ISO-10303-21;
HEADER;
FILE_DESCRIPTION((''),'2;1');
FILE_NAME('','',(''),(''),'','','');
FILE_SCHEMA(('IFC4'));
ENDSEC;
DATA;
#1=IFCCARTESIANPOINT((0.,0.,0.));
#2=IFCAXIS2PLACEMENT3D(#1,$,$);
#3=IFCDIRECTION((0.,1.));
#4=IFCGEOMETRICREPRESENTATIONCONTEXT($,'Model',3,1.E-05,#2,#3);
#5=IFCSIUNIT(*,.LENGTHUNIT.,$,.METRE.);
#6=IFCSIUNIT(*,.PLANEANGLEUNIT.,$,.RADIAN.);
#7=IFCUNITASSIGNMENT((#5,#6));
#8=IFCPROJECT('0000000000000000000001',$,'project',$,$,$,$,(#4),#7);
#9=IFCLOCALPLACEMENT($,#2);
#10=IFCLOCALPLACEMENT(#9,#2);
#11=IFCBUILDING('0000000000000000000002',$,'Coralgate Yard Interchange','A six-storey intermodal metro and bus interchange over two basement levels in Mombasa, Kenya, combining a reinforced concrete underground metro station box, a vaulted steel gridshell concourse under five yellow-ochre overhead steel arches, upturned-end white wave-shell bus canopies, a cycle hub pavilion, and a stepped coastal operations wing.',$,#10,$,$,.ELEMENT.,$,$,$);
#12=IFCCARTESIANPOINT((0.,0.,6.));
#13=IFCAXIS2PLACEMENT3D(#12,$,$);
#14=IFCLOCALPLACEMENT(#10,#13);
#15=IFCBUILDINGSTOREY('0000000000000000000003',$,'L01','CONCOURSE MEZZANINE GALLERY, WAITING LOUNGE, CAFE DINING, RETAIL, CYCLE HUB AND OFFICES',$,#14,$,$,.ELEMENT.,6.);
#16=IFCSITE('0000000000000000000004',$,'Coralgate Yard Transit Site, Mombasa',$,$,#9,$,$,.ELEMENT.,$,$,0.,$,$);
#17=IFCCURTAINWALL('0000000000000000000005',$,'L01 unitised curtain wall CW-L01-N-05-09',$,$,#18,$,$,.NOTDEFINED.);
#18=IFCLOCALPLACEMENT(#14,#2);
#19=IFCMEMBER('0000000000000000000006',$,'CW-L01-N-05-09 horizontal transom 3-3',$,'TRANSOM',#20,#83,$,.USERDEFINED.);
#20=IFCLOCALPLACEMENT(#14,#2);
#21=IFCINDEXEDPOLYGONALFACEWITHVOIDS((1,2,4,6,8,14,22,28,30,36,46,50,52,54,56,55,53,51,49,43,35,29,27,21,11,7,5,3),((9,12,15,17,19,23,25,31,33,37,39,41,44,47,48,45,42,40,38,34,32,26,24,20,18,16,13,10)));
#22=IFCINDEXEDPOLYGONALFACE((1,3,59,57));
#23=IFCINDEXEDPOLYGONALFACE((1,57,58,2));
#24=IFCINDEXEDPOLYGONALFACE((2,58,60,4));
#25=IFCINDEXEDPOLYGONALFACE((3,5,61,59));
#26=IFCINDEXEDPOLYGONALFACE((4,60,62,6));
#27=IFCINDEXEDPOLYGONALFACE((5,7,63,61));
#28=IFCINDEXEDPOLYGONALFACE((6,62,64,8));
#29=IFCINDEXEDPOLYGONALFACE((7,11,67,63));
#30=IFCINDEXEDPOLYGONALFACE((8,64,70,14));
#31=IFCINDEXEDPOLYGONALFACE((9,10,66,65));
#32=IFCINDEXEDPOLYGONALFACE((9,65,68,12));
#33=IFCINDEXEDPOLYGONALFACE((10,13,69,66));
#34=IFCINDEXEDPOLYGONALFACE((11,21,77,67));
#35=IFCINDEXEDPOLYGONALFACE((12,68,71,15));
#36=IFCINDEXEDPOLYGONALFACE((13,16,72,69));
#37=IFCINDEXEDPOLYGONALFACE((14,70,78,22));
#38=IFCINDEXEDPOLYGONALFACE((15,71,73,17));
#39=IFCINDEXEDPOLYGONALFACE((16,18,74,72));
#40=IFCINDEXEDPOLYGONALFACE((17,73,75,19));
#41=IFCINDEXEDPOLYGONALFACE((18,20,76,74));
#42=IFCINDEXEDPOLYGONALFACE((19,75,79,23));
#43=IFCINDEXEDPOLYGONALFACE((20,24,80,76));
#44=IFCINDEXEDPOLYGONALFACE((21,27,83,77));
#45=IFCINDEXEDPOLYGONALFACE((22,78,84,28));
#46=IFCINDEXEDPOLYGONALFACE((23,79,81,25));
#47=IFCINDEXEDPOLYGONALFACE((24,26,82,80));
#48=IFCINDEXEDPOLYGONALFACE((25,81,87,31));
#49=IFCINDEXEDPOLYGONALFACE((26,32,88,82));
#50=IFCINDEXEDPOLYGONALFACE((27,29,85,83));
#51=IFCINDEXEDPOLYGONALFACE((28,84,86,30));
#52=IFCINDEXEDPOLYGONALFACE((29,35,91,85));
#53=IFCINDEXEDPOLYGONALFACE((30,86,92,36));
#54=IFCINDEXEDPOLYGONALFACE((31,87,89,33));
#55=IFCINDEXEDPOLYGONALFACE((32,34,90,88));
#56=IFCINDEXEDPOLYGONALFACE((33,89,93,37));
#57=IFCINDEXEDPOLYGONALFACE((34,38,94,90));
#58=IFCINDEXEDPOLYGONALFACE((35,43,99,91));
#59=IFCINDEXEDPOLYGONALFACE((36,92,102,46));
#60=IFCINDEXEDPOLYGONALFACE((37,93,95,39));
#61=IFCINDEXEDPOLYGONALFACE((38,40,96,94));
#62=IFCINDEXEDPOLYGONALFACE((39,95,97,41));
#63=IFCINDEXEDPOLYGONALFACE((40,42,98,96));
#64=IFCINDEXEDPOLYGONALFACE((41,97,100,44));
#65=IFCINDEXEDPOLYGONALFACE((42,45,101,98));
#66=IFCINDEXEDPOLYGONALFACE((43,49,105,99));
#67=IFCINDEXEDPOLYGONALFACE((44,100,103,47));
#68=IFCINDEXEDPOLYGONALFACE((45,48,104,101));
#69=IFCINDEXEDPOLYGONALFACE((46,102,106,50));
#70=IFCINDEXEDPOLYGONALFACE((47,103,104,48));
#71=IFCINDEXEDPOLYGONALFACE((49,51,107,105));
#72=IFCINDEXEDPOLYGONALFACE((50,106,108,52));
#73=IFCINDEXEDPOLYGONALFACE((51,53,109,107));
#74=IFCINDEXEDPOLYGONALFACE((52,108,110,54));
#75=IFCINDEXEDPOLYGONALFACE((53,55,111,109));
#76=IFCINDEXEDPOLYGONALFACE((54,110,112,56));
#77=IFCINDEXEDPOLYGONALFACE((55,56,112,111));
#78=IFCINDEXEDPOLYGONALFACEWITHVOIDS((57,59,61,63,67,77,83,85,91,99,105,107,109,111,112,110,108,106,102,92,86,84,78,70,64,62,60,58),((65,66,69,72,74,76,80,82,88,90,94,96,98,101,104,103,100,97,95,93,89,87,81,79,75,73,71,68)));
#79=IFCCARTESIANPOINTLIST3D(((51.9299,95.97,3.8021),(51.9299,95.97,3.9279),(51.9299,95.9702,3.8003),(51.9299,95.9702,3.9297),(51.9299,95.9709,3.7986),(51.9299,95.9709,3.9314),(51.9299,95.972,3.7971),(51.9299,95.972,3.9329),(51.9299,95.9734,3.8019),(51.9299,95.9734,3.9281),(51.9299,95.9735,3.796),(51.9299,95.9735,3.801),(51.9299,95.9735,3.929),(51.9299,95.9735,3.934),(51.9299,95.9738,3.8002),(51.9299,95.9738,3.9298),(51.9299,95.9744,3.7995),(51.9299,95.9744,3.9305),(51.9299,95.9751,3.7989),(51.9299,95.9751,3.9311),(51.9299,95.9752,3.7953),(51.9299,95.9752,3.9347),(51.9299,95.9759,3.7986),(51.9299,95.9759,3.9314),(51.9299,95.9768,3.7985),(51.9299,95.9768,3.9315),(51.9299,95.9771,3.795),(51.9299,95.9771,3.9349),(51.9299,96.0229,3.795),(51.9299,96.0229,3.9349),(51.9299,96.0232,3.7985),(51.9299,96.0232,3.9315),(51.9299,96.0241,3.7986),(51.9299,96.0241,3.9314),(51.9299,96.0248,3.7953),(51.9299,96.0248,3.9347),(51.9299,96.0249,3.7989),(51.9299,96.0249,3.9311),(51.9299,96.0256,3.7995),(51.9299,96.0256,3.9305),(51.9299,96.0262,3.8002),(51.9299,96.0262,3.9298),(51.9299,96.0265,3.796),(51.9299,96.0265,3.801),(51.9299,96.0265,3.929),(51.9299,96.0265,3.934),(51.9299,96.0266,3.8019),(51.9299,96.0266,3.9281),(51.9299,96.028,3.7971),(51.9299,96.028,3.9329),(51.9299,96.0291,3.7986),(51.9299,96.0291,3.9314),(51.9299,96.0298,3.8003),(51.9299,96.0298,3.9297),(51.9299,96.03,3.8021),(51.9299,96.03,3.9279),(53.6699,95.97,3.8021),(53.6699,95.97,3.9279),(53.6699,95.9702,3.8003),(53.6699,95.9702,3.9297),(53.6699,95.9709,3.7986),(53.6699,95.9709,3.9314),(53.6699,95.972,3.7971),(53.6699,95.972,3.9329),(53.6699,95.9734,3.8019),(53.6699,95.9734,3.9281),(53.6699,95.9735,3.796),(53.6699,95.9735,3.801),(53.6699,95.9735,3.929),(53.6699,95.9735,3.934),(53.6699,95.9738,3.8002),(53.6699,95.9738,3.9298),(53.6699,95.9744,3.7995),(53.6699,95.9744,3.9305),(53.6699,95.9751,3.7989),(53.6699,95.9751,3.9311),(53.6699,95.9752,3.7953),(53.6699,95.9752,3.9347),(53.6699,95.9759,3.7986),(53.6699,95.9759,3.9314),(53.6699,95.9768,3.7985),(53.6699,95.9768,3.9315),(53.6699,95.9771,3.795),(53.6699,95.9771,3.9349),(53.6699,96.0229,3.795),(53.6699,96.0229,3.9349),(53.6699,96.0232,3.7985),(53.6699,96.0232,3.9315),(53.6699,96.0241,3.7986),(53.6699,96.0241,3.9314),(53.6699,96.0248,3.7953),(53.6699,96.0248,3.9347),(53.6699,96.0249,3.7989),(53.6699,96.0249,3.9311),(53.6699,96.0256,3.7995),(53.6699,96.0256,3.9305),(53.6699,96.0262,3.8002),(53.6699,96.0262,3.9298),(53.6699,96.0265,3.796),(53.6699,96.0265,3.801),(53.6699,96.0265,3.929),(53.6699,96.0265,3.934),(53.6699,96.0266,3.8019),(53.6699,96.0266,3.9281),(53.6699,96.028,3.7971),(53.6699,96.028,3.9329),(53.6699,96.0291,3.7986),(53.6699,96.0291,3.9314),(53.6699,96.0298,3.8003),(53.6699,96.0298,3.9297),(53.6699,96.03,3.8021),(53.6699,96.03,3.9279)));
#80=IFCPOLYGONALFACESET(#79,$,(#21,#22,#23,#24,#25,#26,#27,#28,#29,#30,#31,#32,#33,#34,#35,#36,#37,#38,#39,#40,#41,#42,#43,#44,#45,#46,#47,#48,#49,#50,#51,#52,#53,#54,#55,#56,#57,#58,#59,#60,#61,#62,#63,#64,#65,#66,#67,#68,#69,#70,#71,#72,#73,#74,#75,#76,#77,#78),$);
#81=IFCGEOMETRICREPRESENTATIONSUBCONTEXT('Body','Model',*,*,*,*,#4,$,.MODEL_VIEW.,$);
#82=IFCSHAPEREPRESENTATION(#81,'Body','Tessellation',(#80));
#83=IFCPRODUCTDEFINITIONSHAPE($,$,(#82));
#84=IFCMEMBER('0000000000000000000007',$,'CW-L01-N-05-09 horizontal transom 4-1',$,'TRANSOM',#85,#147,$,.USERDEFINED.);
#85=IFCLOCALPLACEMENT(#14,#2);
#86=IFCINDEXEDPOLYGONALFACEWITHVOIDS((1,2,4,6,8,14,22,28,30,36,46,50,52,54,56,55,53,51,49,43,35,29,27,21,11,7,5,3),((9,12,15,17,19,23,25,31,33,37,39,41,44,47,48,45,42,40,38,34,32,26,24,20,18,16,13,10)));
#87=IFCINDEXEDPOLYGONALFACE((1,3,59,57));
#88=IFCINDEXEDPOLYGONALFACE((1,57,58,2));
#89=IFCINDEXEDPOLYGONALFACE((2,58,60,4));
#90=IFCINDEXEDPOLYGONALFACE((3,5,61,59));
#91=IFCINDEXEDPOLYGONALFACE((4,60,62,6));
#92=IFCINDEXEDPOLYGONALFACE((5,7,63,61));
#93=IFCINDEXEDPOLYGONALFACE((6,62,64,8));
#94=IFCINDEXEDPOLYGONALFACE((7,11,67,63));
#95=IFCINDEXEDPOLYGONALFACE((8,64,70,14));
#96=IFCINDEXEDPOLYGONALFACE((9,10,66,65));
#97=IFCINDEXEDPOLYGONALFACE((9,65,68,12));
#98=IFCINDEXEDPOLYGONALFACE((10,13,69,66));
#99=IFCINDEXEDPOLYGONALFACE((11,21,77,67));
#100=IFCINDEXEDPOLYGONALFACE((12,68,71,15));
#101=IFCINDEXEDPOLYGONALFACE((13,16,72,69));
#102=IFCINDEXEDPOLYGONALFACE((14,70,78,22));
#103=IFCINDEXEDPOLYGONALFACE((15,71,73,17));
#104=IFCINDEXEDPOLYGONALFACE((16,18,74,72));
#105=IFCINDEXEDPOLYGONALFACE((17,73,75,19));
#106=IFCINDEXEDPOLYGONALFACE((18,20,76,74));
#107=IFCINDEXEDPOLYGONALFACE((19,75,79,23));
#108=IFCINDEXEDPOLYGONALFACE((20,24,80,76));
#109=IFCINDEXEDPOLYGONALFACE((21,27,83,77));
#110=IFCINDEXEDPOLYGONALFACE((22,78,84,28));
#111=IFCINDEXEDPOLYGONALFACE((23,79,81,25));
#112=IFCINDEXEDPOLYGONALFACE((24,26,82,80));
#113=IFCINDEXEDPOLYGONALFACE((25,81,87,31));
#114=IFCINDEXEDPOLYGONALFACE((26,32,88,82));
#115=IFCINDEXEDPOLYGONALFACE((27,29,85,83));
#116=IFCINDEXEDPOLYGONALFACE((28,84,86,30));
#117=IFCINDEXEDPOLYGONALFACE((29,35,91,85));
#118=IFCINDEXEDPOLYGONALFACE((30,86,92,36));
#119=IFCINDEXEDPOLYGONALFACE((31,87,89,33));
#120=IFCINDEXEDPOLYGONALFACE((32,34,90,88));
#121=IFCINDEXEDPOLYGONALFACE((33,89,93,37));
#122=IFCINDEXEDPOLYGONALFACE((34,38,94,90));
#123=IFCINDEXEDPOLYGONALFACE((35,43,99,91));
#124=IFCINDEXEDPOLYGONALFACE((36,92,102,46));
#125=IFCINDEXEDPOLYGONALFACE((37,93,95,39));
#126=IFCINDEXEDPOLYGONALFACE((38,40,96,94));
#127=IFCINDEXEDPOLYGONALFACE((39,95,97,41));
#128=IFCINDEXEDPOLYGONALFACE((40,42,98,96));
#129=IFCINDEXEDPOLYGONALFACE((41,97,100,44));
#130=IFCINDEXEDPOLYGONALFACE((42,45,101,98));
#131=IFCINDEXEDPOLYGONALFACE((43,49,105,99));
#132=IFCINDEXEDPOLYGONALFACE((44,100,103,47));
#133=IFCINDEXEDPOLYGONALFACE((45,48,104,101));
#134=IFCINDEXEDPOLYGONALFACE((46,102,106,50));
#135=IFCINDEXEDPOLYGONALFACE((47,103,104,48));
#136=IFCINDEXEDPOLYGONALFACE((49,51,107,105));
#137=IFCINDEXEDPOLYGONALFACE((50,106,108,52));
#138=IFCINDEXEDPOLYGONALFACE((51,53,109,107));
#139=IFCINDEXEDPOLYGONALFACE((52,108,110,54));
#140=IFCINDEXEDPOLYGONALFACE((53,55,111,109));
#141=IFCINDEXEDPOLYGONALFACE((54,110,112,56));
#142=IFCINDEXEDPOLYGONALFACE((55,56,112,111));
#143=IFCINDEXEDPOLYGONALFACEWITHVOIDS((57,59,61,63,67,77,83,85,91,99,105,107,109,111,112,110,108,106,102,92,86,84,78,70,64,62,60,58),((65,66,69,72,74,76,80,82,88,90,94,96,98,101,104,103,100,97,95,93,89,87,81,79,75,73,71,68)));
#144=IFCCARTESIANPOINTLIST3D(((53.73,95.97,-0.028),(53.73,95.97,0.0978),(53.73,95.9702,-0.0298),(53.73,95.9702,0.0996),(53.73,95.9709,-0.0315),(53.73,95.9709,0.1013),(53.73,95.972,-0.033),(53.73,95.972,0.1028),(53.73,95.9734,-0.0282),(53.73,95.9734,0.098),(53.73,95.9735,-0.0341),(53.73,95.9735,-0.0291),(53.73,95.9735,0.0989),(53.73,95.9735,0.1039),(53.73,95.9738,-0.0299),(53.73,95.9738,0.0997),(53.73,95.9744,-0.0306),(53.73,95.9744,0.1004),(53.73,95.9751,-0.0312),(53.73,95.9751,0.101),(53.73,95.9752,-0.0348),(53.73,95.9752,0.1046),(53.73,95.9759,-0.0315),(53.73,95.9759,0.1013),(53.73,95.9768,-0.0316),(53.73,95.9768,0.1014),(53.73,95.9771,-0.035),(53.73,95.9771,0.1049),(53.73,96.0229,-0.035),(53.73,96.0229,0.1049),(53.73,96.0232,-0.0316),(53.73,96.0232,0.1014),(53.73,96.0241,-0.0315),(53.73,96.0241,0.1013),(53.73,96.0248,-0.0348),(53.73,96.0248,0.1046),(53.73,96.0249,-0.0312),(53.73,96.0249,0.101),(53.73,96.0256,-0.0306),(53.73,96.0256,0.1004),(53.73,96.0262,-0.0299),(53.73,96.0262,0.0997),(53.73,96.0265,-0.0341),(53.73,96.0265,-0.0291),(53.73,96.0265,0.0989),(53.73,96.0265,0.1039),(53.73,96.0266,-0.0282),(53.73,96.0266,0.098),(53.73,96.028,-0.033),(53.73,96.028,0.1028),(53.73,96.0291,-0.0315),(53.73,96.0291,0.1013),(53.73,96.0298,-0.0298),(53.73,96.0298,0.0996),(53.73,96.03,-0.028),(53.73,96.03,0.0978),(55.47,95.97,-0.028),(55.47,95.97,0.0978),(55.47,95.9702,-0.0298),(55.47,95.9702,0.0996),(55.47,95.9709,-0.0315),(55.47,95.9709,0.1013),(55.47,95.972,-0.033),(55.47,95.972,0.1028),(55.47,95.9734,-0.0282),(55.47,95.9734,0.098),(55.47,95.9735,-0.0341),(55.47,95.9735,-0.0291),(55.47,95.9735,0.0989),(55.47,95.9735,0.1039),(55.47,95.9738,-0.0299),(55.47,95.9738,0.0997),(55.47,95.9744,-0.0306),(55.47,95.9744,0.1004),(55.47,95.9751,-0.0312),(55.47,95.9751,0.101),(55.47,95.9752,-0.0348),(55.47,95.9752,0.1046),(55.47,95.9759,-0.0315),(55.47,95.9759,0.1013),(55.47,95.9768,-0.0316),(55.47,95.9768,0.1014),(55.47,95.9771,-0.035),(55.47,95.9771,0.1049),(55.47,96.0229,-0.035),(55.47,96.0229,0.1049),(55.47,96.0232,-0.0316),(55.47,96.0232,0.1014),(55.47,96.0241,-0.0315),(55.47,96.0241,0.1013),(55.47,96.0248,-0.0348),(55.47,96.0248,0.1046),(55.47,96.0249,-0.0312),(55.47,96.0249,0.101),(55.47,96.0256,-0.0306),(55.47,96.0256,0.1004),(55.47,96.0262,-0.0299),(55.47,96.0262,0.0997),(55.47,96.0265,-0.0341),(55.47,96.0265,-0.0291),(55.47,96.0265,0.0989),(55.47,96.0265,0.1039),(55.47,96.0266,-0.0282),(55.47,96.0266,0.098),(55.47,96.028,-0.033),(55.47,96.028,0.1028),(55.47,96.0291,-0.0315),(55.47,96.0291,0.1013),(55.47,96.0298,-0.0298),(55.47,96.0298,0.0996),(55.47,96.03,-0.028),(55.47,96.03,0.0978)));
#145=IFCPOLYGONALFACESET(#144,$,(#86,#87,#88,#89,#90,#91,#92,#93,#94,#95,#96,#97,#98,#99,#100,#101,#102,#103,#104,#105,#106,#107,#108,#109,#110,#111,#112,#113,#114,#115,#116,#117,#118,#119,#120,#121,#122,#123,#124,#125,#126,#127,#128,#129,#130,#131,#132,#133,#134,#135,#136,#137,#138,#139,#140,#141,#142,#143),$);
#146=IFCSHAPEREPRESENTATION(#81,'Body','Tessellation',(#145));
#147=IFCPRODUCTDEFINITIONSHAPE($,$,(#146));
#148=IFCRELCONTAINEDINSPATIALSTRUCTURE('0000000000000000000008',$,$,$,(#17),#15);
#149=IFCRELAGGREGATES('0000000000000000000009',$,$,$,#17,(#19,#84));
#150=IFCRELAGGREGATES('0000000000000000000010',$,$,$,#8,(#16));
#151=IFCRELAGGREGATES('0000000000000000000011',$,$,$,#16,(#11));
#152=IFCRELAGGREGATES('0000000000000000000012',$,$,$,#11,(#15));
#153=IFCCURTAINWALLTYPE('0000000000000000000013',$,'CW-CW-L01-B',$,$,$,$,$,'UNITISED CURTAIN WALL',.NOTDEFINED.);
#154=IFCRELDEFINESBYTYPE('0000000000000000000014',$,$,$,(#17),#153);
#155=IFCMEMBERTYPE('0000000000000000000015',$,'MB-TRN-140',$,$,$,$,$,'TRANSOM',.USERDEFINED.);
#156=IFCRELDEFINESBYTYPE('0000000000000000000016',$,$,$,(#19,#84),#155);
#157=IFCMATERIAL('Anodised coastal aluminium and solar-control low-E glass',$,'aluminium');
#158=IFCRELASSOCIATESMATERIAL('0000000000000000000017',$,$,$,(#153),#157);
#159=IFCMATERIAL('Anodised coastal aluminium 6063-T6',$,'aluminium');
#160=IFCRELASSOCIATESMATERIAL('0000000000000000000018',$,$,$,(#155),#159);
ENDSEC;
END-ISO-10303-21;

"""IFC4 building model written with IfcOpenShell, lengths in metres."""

from ifc_helpers import new_model, si_unit, direction, frame, origin, origin_2d, place, context, subcontext, project, spatial, hollow_rectangle, extrude, material, material_profile, profile_set, type_object, element, aggregate, save


model = new_model("IFC4")

# Units and contexts
model_context = context("Model", 3, precision=1e-05, world=origin(), true_north=direction((0.0, 1.0)))
body_context = subcontext(model_context, "Body", "Model", "MODEL_VIEW")
ifc_project = project(units=[si_unit("LENGTHUNIT", "METRE"), si_unit("PLANEANGLEUNIT", "RADIAN")], contexts=[model_context])

# Site, building, storey
site_placement = place(None, origin())
site = spatial("IfcSite", under=ifc_project, at=site_placement, Name="Coralgate Yard Transit Site, Mombasa", CompositionType="ELEMENT", RefElevation=0.0)
building_placement = place(site_placement, origin())
building = spatial("IfcBuilding", under=site, at=building_placement, Name="Coralgate Yard Interchange", Description="A six-storey intermodal metro and bus interchange over two basement levels in Mombasa, Kenya, combining a reinforced concrete underground metro station box, a vaulted steel gridshell concourse under five yellow-ochre overhead steel arches, upturned-end white wave-shell bus canopies, a cycle hub pavilion, and a stepped coastal operations wing.", CompositionType="ELEMENT")
storey_placement = place(building_placement, frame((0.0, 0.0, 6.0)))
storey = spatial("IfcBuildingStorey", under=building, at=storey_placement, Name="L01", Description="CONCOURSE MEZZANINE GALLERY, WAITING LOUNGE, CAFE DINING, RETAIL, CYCLE HUB AND OFFICES", CompositionType="ELEMENT", Elevation=6.0)

# Curtain wall, members
ifc_material_1 = material(Name="Anodised coastal aluminium and solar-control low-E glass", Category="aluminium")
curtain_wall_type = type_object("IfcCurtainWallType", Name="CW-CW-L01-B", ElementType="UNITISED CURTAIN WALL", PredefinedType="NOTDEFINED", material=ifc_material_1)
curtain_wall_placement = place(storey_placement, origin())
curtain_wall = element("IfcCurtainWall", 1, at=curtain_wall_placement, inside=storey, type_object=curtain_wall_type, Name="L01 unitised curtain wall CW-L01-N-05-09", PredefinedType="NOTDEFINED")
ifc_material_2 = material(Name="Anodised coastal aluminium 6063-T6", Category="aluminium")
ifc_material_profile_1 = material_profile(ifc_material_2, hollow_rectangle(XDim=0.0601, YDim=0.1399, WallThickness=0.0034, InnerFilletRadius=0.0034, OuterFilletRadius=0.0071, at=origin_2d()), Name="ALU 60x140x3.5")
ifc_profile_set_1 = profile_set([ifc_material_profile_1], Name="Anodised coastal aluminium 6063-T6")
member_type_1 = type_object("IfcMemberType", Name="MB-TRN-140", ElementType="TRANSOM", PredefinedType="USERDEFINED", material=ifc_profile_set_1)
member_1_placement = place(storey_placement, frame((51.9299, 96.0, 3.865), z_axis=(1.0, 0.0, 0.0), x_axis=(0.0, 1.0, 0.0)))
member_1 = element("IfcMember", 2, at=member_1_placement, type_object=member_type_1, Name="CW-L01-N-05-09 horizontal transom 3-3", ObjectType="TRANSOM", PredefinedType="USERDEFINED", context=body_context, shape_type="SweptSolid", body=[
    extrude(hollow_rectangle(XDim=0.0601, YDim=0.1399, WallThickness=0.0034, InnerFilletRadius=0.0034, OuterFilletRadius=0.0071, at=origin_2d()), origin(), (0.0, 0.0, 1.0), 1.74),
])
member_2_placement = place(storey_placement, frame((53.73, 96.0, 0.0349), z_axis=(1.0, 0.0, 0.0), x_axis=(0.0, 1.0, 0.0)))
member_2 = element("IfcMember", 3, at=member_2_placement, type_object=member_type_1, Name="CW-L01-N-05-09 horizontal transom 4-1", ObjectType="TRANSOM", PredefinedType="USERDEFINED", context=body_context, shape_type="SweptSolid", body=[
    extrude(hollow_rectangle(XDim=0.0601, YDim=0.1399, WallThickness=0.0034, InnerFilletRadius=0.0034, OuterFilletRadius=0.0071, at=origin_2d()), origin(), (0.0, 0.0, 1.0), 1.74),
])
aggregate(curtain_wall, [member_1, member_2])

save(model, "model.ifc")
